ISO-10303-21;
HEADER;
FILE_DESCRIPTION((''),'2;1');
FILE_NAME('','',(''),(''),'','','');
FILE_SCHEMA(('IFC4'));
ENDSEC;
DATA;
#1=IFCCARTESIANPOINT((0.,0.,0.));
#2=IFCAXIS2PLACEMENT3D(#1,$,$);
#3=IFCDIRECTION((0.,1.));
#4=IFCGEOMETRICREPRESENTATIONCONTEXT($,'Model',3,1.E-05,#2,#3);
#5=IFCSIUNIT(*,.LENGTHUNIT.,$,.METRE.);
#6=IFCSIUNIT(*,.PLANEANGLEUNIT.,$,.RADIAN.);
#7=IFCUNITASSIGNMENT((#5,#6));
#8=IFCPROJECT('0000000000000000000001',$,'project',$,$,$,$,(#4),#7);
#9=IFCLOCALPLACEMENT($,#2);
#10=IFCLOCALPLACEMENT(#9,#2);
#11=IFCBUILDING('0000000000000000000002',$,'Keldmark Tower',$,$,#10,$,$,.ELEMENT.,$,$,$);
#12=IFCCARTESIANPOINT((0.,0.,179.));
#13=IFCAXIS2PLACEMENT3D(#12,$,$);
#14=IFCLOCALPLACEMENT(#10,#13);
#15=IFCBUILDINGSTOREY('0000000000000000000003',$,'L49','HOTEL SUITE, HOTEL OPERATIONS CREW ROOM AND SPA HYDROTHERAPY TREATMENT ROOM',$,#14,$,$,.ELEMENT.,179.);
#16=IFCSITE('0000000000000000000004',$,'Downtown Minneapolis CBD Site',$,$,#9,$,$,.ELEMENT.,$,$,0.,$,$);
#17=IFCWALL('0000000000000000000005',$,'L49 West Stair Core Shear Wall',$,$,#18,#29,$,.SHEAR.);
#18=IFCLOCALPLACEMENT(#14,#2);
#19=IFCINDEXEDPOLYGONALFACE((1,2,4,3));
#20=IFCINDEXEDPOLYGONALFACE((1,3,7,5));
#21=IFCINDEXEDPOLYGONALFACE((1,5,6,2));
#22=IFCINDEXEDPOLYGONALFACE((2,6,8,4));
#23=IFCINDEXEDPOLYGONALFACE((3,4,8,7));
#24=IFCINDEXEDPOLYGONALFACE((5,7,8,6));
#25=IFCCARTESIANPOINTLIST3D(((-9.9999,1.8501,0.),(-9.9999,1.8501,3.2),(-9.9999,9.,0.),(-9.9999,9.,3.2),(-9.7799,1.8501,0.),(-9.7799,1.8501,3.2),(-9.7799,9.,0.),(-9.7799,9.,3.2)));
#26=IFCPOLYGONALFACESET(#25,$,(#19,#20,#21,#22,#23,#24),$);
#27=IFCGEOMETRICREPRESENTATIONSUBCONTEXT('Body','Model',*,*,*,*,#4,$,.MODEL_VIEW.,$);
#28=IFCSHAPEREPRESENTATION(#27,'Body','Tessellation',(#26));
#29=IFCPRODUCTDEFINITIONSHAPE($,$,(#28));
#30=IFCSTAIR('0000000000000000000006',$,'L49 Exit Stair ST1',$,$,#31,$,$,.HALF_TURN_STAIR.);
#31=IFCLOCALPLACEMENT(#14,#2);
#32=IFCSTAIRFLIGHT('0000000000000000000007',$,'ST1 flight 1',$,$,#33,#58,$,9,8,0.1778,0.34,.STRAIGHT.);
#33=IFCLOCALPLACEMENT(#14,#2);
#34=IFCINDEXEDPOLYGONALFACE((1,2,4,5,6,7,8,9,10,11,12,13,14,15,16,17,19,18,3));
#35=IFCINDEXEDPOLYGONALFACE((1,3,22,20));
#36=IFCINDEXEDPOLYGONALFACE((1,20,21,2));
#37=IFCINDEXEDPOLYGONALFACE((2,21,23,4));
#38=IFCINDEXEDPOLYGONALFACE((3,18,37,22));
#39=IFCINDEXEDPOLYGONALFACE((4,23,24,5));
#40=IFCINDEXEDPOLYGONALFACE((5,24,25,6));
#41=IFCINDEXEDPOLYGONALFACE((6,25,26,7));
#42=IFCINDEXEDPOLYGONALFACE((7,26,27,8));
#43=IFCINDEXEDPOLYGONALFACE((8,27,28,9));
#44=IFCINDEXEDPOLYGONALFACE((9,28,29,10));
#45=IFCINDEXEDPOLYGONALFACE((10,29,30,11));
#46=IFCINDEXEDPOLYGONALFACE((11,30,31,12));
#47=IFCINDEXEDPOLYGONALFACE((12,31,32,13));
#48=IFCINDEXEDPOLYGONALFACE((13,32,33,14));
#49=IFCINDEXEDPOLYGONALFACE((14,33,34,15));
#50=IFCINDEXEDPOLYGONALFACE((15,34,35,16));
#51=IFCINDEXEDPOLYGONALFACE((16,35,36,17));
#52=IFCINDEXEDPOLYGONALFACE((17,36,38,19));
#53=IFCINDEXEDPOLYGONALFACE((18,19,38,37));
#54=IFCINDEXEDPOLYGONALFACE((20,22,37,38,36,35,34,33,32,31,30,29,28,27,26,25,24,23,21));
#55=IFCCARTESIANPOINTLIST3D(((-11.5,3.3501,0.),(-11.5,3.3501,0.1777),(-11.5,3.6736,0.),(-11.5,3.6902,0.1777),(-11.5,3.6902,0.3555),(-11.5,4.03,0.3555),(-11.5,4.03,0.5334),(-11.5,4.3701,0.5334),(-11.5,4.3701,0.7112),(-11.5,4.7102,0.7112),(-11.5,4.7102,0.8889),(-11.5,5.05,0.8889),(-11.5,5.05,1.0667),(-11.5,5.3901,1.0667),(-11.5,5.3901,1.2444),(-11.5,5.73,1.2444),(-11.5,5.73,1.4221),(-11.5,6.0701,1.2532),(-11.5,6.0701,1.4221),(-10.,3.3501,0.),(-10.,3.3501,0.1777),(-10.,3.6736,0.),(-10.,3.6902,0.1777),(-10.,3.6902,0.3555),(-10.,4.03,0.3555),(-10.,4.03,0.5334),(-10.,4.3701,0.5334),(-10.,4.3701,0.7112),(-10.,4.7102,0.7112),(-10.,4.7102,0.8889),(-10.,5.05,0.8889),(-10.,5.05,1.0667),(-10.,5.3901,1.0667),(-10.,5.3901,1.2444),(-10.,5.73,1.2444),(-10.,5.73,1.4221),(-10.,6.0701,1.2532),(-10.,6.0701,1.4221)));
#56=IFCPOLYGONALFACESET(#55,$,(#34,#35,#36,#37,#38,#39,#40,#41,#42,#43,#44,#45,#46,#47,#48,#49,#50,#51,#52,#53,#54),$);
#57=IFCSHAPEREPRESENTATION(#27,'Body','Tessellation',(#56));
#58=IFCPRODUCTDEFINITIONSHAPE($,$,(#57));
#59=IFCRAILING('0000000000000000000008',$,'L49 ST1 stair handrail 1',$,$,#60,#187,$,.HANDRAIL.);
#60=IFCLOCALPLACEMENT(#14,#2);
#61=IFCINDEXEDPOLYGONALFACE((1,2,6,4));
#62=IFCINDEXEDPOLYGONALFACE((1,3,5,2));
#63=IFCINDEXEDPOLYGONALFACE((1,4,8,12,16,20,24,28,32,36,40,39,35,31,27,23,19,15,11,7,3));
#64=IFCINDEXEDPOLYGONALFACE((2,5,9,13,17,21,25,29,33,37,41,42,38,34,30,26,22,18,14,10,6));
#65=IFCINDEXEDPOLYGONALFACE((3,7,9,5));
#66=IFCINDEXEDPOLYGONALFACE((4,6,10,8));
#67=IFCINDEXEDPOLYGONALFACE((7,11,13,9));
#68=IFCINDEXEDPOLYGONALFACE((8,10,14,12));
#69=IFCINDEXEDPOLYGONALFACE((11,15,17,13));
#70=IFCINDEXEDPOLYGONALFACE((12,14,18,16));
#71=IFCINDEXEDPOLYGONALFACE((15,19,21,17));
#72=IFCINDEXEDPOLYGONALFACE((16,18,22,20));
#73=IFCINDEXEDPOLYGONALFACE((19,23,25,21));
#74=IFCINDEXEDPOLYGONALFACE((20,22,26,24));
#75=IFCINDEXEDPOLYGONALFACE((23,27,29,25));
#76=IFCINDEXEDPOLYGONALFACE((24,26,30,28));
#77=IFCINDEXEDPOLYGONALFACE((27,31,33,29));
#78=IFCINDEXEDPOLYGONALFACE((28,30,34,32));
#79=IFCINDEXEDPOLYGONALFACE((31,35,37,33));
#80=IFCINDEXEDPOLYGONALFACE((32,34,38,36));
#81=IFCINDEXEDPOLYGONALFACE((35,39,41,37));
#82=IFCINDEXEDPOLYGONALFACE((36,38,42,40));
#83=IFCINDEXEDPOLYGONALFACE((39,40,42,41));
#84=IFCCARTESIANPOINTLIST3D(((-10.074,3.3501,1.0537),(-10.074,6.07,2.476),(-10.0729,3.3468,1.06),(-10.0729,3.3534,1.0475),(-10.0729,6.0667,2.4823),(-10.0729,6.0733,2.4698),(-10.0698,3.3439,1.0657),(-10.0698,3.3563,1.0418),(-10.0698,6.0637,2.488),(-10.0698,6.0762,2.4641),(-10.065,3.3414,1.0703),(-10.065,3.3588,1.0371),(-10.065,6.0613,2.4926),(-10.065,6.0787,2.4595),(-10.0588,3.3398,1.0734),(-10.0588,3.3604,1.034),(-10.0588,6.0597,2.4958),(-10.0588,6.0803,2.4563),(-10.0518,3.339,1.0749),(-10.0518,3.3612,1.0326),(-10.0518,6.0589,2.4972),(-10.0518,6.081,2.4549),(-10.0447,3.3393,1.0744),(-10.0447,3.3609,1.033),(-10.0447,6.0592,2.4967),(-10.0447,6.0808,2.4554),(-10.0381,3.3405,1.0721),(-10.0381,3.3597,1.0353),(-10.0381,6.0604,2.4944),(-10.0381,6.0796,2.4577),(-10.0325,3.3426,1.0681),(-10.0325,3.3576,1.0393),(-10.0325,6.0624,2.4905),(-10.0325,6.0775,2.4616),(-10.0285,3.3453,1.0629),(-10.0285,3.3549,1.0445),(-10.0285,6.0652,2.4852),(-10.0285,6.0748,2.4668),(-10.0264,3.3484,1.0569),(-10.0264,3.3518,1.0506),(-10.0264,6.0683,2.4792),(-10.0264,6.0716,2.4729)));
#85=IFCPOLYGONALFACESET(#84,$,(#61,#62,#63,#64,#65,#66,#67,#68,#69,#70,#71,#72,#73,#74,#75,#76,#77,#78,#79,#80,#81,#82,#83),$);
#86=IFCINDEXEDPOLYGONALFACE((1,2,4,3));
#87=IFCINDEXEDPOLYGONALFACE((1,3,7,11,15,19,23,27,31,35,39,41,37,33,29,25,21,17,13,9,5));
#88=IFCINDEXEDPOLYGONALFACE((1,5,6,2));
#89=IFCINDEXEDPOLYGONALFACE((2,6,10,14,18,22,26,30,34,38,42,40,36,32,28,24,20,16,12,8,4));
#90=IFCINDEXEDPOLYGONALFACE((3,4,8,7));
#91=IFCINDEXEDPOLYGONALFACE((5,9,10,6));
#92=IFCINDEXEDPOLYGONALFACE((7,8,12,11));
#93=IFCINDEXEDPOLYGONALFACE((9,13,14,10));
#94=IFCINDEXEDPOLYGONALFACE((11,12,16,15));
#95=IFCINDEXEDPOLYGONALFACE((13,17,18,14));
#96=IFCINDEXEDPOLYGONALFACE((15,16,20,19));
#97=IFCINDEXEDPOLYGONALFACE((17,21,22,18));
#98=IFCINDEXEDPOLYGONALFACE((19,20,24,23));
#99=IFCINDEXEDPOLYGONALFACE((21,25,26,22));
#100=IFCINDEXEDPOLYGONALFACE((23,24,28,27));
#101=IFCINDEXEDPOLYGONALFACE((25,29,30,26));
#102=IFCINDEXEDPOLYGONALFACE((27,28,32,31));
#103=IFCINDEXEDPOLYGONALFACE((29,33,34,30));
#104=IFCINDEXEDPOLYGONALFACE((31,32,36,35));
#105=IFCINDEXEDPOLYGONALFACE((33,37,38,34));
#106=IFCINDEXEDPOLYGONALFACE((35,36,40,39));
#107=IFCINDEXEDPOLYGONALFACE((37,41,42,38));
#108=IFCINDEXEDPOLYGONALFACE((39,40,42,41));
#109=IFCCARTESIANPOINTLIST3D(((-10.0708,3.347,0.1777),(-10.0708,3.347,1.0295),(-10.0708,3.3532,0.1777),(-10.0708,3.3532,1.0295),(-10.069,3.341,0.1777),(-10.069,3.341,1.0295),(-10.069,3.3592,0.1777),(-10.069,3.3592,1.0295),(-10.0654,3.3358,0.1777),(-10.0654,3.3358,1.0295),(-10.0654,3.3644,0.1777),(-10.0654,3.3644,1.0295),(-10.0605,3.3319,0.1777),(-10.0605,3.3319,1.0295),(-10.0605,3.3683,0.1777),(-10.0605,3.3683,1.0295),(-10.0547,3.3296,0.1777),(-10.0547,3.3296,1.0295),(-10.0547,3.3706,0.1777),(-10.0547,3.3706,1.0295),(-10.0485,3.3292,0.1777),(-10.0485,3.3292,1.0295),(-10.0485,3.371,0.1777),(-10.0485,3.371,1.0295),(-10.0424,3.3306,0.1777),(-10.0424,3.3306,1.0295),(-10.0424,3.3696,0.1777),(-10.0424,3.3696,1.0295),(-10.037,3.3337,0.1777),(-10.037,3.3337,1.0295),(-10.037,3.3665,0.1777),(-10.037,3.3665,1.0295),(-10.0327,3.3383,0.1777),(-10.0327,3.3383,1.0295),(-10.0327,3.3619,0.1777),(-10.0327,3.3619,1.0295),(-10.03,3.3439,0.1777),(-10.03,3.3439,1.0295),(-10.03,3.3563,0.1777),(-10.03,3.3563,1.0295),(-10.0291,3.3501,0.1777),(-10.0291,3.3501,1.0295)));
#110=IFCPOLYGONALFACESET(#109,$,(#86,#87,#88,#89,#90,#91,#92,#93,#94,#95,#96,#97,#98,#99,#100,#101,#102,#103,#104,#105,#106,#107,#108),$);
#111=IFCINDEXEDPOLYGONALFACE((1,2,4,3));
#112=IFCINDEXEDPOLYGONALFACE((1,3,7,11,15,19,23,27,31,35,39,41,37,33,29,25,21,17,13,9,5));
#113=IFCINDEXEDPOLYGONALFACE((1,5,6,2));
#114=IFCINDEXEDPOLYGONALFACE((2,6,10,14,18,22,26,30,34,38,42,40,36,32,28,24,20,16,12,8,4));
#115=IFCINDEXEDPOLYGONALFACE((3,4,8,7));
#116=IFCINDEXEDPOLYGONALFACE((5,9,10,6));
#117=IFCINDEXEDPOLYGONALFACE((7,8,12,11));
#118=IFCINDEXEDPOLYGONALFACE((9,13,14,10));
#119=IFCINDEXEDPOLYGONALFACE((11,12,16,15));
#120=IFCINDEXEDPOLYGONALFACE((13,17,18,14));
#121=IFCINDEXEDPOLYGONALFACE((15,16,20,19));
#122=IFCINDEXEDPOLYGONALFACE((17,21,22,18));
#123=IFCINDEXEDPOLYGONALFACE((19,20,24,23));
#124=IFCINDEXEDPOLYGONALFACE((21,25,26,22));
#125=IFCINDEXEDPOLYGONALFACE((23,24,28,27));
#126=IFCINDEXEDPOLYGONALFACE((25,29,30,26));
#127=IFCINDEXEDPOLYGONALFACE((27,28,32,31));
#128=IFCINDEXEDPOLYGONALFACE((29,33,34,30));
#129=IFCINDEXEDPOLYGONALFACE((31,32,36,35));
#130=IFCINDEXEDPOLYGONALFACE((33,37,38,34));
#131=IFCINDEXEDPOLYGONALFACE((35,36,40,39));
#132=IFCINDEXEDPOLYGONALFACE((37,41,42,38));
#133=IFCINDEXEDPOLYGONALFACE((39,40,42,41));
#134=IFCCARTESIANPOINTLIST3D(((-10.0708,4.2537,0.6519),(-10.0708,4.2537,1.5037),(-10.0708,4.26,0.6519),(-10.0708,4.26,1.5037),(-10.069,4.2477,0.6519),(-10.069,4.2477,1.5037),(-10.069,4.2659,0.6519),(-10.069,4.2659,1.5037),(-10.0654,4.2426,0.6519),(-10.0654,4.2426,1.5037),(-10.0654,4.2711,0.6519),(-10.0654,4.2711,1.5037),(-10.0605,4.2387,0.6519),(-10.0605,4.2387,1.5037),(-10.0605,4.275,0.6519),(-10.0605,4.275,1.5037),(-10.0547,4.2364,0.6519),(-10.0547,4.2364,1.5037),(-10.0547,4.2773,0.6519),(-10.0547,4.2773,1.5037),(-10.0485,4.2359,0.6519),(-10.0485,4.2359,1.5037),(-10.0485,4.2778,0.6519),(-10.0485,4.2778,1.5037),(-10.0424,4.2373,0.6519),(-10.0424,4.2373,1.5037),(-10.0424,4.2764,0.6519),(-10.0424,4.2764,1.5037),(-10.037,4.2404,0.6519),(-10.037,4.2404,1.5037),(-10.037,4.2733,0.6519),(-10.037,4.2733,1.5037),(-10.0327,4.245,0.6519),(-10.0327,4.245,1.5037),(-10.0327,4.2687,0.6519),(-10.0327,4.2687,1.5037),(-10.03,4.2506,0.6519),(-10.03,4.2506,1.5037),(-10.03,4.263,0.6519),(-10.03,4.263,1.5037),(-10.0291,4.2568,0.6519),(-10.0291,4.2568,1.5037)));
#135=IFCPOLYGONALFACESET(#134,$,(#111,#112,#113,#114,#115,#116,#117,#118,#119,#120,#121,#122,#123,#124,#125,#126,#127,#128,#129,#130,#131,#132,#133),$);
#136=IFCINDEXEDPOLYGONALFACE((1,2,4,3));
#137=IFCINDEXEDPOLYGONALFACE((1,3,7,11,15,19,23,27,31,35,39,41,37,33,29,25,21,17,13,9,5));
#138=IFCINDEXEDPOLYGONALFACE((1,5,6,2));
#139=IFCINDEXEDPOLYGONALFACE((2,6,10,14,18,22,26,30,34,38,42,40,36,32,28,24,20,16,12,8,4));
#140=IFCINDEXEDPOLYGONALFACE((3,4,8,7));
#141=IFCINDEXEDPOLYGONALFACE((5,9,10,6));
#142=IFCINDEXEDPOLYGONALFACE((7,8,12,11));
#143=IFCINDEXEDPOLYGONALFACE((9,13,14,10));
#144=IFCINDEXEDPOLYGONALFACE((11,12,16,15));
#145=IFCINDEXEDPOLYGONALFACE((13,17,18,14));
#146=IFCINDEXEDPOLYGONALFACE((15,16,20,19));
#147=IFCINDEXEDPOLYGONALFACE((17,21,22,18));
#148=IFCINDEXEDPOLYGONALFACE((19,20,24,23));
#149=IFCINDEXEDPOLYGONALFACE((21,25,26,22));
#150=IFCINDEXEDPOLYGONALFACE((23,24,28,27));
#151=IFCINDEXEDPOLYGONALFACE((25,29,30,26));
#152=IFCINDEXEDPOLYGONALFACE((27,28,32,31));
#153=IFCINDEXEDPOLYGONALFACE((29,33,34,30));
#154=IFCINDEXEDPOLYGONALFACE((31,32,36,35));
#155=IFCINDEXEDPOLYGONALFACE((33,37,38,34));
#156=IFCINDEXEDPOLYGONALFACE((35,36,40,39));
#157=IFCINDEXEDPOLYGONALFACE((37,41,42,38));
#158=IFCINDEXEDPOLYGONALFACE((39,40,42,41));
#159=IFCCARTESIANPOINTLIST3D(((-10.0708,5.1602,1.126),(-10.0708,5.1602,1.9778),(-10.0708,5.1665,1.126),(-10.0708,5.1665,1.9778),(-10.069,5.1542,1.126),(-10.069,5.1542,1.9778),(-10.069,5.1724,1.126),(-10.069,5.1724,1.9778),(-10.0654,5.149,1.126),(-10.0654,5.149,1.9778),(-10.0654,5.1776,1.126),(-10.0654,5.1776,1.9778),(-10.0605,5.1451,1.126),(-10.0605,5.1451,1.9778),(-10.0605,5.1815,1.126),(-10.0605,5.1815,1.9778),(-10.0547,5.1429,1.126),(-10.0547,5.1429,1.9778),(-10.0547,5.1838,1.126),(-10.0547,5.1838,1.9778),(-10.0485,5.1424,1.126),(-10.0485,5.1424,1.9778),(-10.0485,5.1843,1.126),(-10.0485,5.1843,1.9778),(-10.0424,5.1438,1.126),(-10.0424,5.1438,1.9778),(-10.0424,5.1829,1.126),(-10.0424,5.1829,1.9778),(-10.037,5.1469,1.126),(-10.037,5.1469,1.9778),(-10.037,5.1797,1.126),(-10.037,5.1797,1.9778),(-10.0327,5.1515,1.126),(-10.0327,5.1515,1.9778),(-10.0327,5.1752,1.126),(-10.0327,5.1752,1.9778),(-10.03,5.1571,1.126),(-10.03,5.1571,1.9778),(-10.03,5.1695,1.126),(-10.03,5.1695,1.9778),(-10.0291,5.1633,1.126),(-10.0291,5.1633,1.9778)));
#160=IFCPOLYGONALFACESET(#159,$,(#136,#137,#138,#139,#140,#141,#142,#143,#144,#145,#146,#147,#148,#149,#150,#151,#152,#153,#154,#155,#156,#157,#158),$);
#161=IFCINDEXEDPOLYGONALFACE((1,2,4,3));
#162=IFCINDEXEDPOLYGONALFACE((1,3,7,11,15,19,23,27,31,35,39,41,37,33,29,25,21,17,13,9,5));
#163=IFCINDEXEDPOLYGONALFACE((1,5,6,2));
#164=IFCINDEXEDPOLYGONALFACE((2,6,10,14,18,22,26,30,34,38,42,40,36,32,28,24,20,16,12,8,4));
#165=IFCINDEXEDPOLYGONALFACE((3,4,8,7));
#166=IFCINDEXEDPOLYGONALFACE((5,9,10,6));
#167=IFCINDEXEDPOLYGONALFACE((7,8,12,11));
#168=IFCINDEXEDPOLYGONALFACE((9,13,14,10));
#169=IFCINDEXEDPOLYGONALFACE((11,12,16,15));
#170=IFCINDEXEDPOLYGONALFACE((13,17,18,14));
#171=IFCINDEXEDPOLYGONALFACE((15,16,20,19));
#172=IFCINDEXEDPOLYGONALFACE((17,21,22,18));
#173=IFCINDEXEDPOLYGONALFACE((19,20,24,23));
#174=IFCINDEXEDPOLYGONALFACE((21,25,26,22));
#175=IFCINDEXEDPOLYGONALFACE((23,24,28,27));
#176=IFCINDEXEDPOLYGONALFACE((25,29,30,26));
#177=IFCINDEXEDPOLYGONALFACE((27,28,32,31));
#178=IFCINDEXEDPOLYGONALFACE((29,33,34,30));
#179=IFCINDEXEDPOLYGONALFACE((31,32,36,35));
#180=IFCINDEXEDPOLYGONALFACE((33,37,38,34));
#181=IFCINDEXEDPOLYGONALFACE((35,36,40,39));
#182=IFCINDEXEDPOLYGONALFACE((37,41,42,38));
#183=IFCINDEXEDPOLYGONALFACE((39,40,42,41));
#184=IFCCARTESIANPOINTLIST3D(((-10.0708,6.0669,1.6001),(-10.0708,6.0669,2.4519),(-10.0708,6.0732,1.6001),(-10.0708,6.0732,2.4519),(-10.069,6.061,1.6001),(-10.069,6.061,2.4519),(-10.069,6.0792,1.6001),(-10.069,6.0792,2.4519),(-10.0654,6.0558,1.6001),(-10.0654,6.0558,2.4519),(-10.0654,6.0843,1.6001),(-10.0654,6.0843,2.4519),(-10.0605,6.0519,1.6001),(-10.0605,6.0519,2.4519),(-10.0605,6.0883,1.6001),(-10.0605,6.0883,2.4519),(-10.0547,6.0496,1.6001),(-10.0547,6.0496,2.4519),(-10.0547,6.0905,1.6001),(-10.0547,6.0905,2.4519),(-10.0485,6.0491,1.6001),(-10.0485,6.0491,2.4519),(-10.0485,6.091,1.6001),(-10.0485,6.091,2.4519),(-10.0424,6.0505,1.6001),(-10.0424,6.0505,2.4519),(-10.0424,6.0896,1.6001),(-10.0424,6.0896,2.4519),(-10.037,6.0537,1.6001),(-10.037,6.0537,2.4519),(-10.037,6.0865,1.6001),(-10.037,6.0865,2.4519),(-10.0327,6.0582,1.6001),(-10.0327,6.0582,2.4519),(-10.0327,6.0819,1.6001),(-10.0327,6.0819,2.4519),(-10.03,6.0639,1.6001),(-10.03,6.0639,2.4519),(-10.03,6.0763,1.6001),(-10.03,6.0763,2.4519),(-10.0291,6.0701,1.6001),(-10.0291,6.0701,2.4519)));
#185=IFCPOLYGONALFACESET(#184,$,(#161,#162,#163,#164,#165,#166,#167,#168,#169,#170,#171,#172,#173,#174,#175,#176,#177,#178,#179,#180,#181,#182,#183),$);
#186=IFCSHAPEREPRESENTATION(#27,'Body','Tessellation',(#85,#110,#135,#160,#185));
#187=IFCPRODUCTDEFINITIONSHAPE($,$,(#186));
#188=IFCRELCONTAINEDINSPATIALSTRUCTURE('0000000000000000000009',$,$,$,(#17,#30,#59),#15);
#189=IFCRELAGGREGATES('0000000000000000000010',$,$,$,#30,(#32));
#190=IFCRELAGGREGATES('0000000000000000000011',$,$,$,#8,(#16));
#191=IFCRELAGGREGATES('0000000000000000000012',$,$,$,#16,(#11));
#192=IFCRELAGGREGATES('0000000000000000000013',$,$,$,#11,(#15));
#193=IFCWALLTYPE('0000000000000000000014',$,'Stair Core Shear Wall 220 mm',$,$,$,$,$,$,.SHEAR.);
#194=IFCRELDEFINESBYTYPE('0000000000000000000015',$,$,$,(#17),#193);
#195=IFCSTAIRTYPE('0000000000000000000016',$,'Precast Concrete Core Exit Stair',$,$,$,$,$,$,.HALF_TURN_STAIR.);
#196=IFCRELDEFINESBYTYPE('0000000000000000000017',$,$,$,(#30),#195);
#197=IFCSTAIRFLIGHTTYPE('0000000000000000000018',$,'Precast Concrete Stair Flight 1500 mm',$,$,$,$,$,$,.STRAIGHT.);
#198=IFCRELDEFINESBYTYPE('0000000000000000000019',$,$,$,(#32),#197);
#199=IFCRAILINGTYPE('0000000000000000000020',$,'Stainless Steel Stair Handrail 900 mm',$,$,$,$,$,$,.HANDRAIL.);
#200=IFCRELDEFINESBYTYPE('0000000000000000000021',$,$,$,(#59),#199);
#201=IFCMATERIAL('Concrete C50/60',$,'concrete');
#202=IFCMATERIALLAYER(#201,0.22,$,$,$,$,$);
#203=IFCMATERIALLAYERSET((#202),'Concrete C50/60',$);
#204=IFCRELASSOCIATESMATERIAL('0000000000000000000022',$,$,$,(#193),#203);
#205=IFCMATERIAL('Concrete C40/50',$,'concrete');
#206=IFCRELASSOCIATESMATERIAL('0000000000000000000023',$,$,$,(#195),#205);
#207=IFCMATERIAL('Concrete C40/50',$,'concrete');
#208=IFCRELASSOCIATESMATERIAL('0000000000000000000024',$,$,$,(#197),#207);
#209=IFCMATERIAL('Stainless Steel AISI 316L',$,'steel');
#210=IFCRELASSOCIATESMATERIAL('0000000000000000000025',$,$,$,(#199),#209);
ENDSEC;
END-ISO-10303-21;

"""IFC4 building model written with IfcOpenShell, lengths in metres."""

from ifc_helpers import new_model, si_unit, direction, frame, frame_2d, origin, origin_2d, place, context, subcontext, project, spatial, polyline, rectangle, circle, outline, extrude, material, layer, layer_set, type_object, element, aggregate, save


model = new_model("IFC4")

# Units and contexts
model_context = context("Model", 3, precision=1e-05, world=origin(), true_north=direction((0.0, 1.0)))
body_context = subcontext(model_context, "Body", "Model", "MODEL_VIEW")
ifc_project = project(units=[si_unit("LENGTHUNIT", "METRE"), si_unit("PLANEANGLEUNIT", "RADIAN")], contexts=[model_context])

# Site, building, storey
site_placement = place(None, origin())
site = spatial("IfcSite", under=ifc_project, at=site_placement, Name="Downtown Minneapolis CBD Site", CompositionType="ELEMENT", RefElevation=0.0)
building_placement = place(site_placement, origin())
building = spatial("IfcBuilding", under=site, at=building_placement, Name="Keldmark Tower", CompositionType="ELEMENT")
storey_placement = place(building_placement, frame((0.0, 0.0, 179.0)))
storey = spatial("IfcBuildingStorey", under=building, at=storey_placement, Name="L49", Description="HOTEL SUITE, HOTEL OPERATIONS CREW ROOM AND SPA HYDROTHERAPY TREATMENT ROOM", CompositionType="ELEMENT", Elevation=179.0)

# Wall
ifc_material_1 = material(Name="Concrete C50/60", Category="concrete")
ifc_layer_1 = layer(ifc_material_1, 0.22)
ifc_layer_set_1 = layer_set([ifc_layer_1], Name="Concrete C50/60")
wall_type_1 = type_object("IfcWallType", Name="Stair Core Shear Wall 220 mm", PredefinedType="SHEAR", material=ifc_layer_set_1)
wall_1_placement = place(storey_placement, frame((-9.8899, 1.8501, 0.0), z_axis=(0.0, 0.0, 1.0), x_axis=(0.0, 1.0, 0.0)))
element("IfcWall", 1, at=wall_1_placement, inside=storey, type_object=wall_type_1, Name="L49 West Stair Core Shear Wall", PredefinedType="SHEAR", context=body_context, shape_type="SweptSolid", body=[
    extrude(rectangle(XDim=7.1499, YDim=0.22, at=frame_2d((3.575, 0.0))), origin(), (0.0, 0.0, 1.0), 3.2),
])

# Stair, stair flight
ifc_material_2 = material(Name="Concrete C40/50", Category="concrete")
stair_type = type_object("IfcStairType", Name="Precast Concrete Core Exit Stair", PredefinedType="HALF_TURN_STAIR", material=ifc_material_2)
stair_placement = place(storey_placement, origin())
stair = element("IfcStair", 2, at=stair_placement, inside=storey, type_object=stair_type, Name="L49 Exit Stair ST1", PredefinedType="HALF_TURN_STAIR")
ifc_material_3 = material(Name="Concrete C40/50", Category="concrete")
stair_flight_type = type_object("IfcStairFlightType", Name="Precast Concrete Stair Flight 1500 mm", PredefinedType="STRAIGHT", material=ifc_material_3)
stair_flight_placement = place(storey_placement, frame((-10.75, 3.3501, 0.0), z_axis=(0.0, 0.0, 1.0), x_axis=(0.0, 1.0, 0.0)))
stair_flight = element("IfcStairFlight", 3, at=stair_flight_placement, type_object=stair_flight_type, Name="ST1 flight 1", NumberOfRisers=9, NumberOfTreads=8, PredefinedType="STRAIGHT", RiserHeight=0.1778, TreadLength=0.34, context=body_context, shape_type="SweptSolid", body=[
    extrude(outline(polyline([(0.0, 0.0), (0.0, 0.1777), (0.3401, 0.1777), (0.3401, 0.3555), (0.6799, 0.3555), (0.6799, 0.5334), (1.02, 0.5334), (1.02, 0.7112), (1.3601, 0.7112), (1.3601, 0.8889), (1.7, 0.8889), (1.7, 1.0667), (2.04, 1.0667), (2.04, 1.2444), (2.3799, 1.2444), (2.3799, 1.4221), (2.72, 1.4221), (2.72, 1.6001), (2.72, 1.2532), (0.3235, 0.0), (0.0, 0.0)])), frame((0.0, 0.75, 0.0), z_axis=(0.0, -1.0, 0.0), x_axis=(1.0, 0.0, 0.0)), (0.0, 0.0, 1.0), 1.5),
])
aggregate(stair, [stair_flight])

# Railing
ifc_material_4 = material(Name="Stainless Steel AISI 316L", Category="steel")
railing_type = type_object("IfcRailingType", Name="Stainless Steel Stair Handrail 900 mm", PredefinedType="HANDRAIL", material=ifc_material_4)
railing_placement = place(storey_placement, frame((-10.05, 3.3501, 0.1777)))
element("IfcRailing", 4, at=railing_placement, inside=storey, type_object=railing_type, Name="L49 ST1 stair handrail 1", PredefinedType="HANDRAIL", context=body_context, shape_type="SweptSolid", body=[
    extrude(circle(Radius=0.0239, at=origin_2d()), frame((0.0, 0.0, 0.876), z_axis=(0.0, 0.88615, 0.463398), x_axis=(-1.0, 0.0, 0.0)), (0.0, 0.0, 1.0), 3.0693),
    extrude(circle(Radius=0.021, at=origin_2d()), origin(), (0.0, 0.0, 1.0), 0.8518),
    extrude(circle(Radius=0.021, at=origin_2d()), frame((0.0, 0.9067, 0.4741)), (0.0, 0.0, 1.0), 0.8518),
    extrude(circle(Radius=0.021, at=origin_2d()), frame((0.0, 1.8132, 0.9482)), (0.0, 0.0, 1.0), 0.8518),
    extrude(circle(Radius=0.021, at=origin_2d()), frame((0.0, 2.72, 1.4224)), (0.0, 0.0, 1.0), 0.8518),
])

save(model, "model.ifc")
